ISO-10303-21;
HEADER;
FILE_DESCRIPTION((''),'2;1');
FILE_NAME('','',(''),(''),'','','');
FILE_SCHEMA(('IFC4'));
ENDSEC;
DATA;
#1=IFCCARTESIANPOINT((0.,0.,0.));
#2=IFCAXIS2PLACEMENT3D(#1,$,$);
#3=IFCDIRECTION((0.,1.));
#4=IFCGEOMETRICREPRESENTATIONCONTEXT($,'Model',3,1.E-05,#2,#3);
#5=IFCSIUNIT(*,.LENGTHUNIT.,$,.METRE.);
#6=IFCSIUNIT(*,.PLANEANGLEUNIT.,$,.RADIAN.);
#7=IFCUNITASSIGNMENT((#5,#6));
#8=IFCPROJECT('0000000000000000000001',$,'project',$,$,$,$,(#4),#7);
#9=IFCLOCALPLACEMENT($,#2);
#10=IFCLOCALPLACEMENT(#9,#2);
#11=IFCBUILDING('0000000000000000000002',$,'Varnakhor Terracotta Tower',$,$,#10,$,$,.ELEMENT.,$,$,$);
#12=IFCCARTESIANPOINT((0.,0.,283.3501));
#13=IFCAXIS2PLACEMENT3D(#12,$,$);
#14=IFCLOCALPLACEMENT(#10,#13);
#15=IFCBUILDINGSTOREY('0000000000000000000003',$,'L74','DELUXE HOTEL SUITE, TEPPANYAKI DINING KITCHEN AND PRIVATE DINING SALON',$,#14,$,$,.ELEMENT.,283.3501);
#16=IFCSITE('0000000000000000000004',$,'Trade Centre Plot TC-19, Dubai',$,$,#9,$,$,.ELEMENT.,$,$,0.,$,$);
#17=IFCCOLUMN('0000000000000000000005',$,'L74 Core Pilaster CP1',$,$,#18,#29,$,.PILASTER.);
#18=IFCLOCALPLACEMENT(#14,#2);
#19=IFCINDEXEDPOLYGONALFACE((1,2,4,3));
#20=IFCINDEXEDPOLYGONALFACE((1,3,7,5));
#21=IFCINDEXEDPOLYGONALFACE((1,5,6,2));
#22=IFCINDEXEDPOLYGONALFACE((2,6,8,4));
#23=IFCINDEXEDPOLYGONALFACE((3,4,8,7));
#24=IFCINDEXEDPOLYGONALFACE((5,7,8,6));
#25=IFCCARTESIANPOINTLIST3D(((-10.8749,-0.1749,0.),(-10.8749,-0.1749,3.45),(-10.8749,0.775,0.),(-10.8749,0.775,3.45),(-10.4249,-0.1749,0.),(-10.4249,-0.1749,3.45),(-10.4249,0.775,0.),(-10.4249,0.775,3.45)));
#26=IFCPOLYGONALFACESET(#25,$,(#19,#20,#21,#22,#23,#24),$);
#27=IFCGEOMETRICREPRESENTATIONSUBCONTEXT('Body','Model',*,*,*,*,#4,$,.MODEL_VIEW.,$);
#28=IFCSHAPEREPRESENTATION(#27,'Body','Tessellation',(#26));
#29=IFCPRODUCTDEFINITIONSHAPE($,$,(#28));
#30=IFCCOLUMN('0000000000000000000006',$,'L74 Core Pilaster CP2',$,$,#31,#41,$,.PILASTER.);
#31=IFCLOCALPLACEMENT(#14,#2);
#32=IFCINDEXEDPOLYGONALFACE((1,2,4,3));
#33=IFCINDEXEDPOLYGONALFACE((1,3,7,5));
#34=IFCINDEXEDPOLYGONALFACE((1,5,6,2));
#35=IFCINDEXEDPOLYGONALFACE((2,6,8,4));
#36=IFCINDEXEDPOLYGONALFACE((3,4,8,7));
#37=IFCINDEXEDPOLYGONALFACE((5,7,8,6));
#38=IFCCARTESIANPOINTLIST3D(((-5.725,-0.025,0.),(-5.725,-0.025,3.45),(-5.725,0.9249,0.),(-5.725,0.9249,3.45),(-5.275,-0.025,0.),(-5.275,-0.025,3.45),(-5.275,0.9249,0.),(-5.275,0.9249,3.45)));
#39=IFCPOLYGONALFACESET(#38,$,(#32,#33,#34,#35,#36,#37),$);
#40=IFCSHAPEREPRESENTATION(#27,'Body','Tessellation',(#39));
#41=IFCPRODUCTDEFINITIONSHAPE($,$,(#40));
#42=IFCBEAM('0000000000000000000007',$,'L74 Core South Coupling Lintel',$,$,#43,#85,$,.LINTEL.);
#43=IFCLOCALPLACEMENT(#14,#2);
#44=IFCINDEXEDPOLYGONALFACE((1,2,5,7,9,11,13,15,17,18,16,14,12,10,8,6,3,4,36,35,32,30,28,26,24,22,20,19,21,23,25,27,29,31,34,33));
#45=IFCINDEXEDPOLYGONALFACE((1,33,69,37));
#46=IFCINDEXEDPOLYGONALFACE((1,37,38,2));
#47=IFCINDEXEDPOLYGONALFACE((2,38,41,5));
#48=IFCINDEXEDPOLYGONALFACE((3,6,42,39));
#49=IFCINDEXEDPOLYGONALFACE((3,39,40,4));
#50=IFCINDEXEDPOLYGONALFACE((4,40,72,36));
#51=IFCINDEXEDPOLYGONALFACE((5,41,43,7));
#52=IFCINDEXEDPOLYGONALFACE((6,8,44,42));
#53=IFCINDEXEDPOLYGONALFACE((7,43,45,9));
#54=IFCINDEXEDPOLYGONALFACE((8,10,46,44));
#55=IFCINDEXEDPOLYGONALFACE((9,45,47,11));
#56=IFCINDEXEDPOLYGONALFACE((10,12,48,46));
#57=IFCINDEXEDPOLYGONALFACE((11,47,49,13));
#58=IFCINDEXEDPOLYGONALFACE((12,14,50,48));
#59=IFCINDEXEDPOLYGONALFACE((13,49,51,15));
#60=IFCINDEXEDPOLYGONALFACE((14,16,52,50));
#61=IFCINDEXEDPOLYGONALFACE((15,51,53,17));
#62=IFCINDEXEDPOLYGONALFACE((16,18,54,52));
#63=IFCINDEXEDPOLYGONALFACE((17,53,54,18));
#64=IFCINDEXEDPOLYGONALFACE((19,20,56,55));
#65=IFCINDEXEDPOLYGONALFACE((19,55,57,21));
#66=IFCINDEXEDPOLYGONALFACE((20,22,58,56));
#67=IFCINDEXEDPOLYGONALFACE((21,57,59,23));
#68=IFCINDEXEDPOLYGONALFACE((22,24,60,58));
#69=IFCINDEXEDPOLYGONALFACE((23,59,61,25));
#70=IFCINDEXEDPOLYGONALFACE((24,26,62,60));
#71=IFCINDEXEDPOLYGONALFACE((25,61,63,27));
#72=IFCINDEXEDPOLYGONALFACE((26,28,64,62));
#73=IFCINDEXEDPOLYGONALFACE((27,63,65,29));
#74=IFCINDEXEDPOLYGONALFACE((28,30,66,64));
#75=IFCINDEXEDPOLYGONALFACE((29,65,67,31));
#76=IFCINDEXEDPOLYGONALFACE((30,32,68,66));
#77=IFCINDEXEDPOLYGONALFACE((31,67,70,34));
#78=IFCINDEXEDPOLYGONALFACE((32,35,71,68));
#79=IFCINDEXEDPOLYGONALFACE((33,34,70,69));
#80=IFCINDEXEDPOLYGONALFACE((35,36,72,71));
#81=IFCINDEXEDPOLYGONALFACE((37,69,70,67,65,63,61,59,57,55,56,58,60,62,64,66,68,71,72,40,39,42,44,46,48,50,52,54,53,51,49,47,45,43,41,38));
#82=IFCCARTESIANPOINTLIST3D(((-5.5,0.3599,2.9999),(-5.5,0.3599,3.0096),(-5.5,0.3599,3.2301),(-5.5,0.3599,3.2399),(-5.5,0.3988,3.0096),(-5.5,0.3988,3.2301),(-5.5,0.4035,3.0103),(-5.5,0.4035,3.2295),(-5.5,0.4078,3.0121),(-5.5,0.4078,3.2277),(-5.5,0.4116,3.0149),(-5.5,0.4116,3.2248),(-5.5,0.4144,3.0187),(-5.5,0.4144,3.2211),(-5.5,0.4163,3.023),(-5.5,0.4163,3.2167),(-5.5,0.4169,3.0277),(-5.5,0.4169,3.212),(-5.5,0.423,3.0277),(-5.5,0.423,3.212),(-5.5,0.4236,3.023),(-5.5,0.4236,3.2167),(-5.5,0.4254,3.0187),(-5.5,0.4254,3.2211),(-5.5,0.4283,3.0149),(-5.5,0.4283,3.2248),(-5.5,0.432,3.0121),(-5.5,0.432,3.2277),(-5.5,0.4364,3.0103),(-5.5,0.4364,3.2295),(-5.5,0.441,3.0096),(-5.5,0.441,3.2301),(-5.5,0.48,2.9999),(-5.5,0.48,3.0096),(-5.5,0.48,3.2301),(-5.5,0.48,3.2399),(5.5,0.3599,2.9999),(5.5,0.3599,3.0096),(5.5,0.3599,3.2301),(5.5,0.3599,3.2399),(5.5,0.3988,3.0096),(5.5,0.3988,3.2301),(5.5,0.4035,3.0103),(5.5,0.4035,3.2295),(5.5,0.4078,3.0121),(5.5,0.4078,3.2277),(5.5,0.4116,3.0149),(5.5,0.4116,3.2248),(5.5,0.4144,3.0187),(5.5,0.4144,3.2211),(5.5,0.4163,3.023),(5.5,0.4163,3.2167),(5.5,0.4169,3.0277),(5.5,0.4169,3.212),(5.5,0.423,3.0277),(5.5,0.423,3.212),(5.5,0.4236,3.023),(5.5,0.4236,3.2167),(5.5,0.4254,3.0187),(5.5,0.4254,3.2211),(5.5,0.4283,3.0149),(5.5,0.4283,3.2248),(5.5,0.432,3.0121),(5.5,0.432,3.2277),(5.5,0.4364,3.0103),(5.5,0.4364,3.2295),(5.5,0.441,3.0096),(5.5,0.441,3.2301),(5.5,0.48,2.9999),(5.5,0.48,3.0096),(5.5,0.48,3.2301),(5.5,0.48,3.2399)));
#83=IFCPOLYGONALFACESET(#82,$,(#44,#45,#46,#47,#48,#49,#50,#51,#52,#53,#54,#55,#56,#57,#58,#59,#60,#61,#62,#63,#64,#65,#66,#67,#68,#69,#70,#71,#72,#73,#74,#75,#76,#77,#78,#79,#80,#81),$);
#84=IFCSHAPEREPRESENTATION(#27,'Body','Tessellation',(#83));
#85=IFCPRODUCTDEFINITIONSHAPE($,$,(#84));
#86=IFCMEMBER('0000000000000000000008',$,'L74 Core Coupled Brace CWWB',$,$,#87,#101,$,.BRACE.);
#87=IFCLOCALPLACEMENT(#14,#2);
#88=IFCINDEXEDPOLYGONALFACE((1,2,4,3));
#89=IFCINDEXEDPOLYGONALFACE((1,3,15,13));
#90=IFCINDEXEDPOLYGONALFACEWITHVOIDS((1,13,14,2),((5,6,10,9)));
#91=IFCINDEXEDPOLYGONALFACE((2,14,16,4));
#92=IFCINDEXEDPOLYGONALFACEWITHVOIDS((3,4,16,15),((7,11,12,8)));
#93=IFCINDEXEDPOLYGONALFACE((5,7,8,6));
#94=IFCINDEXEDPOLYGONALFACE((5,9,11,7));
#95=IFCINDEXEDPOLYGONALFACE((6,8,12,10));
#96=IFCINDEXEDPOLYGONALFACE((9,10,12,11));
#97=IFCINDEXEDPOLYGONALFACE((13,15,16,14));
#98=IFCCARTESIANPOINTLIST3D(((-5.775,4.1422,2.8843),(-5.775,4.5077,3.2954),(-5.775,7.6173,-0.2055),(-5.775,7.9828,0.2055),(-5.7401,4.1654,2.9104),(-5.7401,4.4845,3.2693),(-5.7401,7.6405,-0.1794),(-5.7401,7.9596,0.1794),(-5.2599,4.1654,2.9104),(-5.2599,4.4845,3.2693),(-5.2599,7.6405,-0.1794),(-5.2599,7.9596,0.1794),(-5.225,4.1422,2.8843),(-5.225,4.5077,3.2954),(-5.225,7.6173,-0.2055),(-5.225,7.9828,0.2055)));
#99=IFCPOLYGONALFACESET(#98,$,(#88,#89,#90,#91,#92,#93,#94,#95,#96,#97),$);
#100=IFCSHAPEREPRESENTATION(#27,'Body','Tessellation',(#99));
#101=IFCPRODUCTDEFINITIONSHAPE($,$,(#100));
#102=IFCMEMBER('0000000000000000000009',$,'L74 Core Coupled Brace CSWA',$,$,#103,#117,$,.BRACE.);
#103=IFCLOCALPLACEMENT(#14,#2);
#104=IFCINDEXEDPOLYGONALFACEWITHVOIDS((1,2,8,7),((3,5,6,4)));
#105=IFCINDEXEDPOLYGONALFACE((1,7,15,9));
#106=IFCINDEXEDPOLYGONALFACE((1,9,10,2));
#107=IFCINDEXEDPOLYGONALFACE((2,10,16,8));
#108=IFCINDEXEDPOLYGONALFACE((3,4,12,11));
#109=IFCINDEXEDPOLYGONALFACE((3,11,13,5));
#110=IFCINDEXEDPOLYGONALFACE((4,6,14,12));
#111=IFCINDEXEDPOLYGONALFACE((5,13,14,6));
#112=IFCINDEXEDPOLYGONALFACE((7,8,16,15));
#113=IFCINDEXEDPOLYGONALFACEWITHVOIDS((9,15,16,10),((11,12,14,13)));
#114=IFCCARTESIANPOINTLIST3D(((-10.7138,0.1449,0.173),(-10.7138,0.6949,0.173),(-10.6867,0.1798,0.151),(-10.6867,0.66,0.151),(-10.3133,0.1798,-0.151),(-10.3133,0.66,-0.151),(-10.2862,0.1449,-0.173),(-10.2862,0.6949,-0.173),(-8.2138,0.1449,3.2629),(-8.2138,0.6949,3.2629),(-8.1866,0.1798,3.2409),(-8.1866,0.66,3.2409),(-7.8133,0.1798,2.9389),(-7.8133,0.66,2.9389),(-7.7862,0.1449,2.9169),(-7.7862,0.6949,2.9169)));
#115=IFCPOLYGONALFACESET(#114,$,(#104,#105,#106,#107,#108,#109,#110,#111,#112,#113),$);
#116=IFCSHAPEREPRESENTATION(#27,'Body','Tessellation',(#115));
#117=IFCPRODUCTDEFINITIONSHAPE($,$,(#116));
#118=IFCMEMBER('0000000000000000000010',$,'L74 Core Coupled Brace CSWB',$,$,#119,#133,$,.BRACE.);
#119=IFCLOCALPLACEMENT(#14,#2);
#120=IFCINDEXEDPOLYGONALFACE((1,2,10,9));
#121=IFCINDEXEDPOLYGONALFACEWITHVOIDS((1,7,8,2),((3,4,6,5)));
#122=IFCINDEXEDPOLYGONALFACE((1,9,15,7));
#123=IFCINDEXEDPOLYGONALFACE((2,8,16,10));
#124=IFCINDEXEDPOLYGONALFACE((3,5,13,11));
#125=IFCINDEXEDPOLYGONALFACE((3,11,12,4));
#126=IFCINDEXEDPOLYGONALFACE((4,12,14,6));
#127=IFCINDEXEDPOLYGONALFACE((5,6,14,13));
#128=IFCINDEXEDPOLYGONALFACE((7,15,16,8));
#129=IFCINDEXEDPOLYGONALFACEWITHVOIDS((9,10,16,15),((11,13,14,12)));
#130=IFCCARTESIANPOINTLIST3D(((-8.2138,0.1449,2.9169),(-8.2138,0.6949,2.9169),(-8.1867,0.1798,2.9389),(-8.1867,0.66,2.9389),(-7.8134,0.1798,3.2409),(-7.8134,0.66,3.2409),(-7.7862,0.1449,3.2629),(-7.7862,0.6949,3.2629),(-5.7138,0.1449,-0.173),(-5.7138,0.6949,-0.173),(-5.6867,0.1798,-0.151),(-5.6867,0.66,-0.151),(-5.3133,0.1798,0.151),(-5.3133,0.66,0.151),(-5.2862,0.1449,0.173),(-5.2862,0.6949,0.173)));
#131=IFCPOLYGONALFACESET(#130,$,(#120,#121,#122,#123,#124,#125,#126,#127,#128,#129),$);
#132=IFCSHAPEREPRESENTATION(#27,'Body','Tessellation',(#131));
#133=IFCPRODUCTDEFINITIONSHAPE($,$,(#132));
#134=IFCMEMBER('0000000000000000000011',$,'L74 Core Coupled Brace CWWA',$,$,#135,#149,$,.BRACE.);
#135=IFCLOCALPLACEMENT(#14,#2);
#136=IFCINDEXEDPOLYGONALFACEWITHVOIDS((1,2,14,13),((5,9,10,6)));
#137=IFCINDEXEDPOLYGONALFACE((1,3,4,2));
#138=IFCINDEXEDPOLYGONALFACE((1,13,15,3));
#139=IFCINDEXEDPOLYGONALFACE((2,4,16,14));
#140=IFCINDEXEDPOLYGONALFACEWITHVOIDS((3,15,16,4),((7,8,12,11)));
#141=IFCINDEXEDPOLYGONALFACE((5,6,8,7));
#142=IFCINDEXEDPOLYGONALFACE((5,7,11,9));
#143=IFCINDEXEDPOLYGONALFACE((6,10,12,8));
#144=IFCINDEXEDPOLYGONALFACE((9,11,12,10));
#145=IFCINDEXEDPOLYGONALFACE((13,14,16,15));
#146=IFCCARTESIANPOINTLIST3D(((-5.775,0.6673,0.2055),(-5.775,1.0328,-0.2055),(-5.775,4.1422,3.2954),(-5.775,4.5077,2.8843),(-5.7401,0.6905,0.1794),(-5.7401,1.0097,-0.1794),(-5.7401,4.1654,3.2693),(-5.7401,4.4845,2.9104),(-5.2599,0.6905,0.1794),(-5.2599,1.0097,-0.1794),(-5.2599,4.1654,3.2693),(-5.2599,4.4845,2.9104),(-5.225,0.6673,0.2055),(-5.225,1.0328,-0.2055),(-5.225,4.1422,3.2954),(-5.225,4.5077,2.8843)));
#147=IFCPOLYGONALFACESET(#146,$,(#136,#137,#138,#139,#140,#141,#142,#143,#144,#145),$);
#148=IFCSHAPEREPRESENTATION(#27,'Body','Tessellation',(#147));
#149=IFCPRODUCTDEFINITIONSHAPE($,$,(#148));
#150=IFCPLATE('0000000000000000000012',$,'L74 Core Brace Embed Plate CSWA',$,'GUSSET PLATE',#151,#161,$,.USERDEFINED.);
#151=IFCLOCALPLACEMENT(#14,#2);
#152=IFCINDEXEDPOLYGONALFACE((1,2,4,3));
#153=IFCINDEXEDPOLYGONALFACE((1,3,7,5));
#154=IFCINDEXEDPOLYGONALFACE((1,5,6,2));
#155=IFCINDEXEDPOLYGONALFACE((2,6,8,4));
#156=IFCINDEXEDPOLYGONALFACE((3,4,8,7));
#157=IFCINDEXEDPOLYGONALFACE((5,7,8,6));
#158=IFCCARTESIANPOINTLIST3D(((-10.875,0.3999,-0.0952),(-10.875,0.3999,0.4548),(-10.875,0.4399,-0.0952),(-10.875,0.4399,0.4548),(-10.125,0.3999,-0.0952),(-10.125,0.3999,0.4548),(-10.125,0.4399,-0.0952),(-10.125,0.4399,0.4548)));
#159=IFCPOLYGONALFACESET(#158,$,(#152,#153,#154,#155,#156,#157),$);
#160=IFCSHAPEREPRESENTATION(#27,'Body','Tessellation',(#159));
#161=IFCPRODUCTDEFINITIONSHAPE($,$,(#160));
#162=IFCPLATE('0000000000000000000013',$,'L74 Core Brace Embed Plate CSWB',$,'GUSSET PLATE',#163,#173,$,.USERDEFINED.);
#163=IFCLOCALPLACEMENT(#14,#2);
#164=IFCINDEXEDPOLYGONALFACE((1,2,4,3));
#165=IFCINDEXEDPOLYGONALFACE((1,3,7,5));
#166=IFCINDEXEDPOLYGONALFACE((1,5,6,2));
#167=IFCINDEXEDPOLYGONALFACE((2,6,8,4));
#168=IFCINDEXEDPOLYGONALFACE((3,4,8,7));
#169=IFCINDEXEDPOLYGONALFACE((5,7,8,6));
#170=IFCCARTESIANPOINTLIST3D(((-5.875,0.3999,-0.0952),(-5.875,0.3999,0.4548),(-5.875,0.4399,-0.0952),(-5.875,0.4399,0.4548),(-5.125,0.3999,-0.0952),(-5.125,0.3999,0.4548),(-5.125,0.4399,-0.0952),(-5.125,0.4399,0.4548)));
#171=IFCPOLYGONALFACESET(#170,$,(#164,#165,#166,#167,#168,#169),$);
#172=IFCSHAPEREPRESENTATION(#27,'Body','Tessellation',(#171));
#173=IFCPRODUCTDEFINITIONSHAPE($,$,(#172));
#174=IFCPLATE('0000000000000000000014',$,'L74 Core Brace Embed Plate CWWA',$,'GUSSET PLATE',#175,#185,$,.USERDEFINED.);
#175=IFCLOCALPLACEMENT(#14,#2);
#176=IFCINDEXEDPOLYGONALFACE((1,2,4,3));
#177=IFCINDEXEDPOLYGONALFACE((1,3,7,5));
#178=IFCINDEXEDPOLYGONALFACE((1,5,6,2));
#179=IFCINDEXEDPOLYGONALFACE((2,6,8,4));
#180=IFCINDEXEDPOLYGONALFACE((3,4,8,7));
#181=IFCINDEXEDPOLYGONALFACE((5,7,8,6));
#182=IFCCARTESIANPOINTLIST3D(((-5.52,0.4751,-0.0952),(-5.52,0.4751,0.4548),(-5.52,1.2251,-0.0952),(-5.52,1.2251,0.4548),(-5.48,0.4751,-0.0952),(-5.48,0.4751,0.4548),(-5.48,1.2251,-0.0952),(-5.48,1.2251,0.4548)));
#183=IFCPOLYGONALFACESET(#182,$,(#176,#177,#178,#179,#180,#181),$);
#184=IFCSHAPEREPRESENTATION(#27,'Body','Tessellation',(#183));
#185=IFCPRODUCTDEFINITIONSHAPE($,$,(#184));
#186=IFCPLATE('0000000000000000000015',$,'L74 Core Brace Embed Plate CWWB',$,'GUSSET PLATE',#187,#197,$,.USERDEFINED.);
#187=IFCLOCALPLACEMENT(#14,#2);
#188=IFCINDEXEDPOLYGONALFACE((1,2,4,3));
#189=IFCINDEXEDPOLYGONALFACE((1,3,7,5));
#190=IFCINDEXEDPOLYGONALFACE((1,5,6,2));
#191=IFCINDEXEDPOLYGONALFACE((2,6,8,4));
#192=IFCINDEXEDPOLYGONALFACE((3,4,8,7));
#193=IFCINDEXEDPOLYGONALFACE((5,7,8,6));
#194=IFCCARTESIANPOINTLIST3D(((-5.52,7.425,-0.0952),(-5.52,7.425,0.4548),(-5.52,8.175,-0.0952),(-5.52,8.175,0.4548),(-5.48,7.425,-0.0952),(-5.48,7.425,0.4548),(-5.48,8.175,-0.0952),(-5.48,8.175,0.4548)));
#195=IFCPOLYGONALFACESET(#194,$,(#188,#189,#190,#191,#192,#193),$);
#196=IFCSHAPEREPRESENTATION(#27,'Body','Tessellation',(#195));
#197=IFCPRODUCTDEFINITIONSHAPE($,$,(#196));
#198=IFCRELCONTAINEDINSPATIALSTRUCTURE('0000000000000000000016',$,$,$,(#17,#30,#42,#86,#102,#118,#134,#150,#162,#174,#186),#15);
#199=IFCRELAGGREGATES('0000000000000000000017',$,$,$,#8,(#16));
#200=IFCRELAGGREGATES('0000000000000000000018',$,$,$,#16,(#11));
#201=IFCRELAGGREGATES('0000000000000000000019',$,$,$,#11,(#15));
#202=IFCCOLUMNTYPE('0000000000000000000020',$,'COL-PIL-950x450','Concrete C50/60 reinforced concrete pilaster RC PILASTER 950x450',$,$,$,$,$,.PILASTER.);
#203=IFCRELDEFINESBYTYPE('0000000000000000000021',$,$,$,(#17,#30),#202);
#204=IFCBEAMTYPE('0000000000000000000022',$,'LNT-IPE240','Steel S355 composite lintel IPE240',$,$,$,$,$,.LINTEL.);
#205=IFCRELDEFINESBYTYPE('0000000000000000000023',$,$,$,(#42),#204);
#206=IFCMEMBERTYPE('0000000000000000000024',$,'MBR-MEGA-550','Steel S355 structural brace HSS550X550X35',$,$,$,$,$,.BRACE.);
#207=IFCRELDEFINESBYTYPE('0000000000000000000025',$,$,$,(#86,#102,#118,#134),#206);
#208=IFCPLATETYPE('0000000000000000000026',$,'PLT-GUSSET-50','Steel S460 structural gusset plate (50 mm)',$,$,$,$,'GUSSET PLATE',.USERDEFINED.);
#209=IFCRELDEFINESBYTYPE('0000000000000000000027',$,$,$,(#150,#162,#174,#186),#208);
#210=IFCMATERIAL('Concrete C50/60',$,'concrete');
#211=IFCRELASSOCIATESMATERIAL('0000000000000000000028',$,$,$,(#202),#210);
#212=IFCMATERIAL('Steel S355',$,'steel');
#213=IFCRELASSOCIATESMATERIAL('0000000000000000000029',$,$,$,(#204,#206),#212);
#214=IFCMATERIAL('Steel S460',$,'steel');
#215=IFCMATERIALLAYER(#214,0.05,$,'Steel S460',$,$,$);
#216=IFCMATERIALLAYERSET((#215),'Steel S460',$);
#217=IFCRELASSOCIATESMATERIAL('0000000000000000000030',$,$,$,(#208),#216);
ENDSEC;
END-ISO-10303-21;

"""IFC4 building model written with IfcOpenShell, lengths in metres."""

from ifc_helpers import new_model, si_unit, direction, frame, origin, origin_2d, place, context, subcontext, project, spatial, rectangle, hollow_rectangle, i_section, extrude, source, transform, mapped, material, layer, layer_set, material_profile, profile_set, type_object, type_shapes, element, save


model = new_model("IFC4")

# Units and contexts
model_context = context("Model", 3, precision=1e-05, world=origin(), true_north=direction((0.0, 1.0)))
body_context = subcontext(model_context, "Body", "Model", "MODEL_VIEW")
ifc_project = project(units=[si_unit("LENGTHUNIT", "METRE"), si_unit("PLANEANGLEUNIT", "RADIAN")], contexts=[model_context])

# Site, building, storey
site_placement = place(None, origin())
site = spatial("IfcSite", under=ifc_project, at=site_placement, Name="Trade Centre Plot TC-19, Dubai", CompositionType="ELEMENT", RefElevation=0.0)
building_placement = place(site_placement, origin())
building = spatial("IfcBuilding", under=site, at=building_placement, Name="Varnakhor Terracotta Tower", CompositionType="ELEMENT")
storey_placement = place(building_placement, frame((0.0, 0.0, 283.3501)))
storey = spatial("IfcBuildingStorey", under=building, at=storey_placement, Name="L74", Description="DELUXE HOTEL SUITE, TEPPANYAKI DINING KITCHEN AND PRIVATE DINING SALON", CompositionType="ELEMENT", Elevation=283.3501)

# Columns
ifc_material_1 = material(Name="Concrete C50/60", Category="concrete")
ifc_material_profile_1 = material_profile(ifc_material_1, rectangle(XDim=0.45, YDim=0.95, at=origin_2d()), Name="RC PILASTER 950x450")
ifc_profile_set_1 = profile_set([ifc_material_profile_1], Name="Concrete C50/60")
column_type = type_object("IfcColumnType", Name="COL-PIL-950x450", Description="Concrete C50/60 reinforced concrete pilaster RC PILASTER 950x450", PredefinedType="PILASTER", material=ifc_profile_set_1)
shared_shape_1 = source(origin(), body_context, "Body", "SweptSolid", [
    extrude(rectangle(XDim=0.45, YDim=0.95, at=origin_2d()), origin(), (0.0, 0.0, 1.0), 3.45),
])
for number, where, z_axis, x_axis, name in (
    (1, (-10.6499, 0.3, 0.0), (0.0, 0.0, 1.0), (1.0, 0.0, 0.0), "L74 Core Pilaster CP1"),
    (2, (-5.5, 0.45, 0.0), (0.0, 0.0, 1.0), (1.0, 0.0, 0.0), "L74 Core Pilaster CP2"),
):
    element("IfcColumn", number, at=place(storey_placement, frame(where, z_axis=z_axis, x_axis=x_axis)), inside=storey, type_object=column_type, Name=name, PredefinedType="PILASTER", context=body_context, shape_type="MappedRepresentation", body=[
        mapped(shared_shape_1, transform((0.0, 0.0, 0.0), scale=1.0)),
    ])

# Beam
ifc_material_2 = material(Name="Steel S355", Category="steel")
ifc_material_profile_2 = material_profile(ifc_material_2, i_section(OverallWidth=0.1201, OverallDepth=0.24, WebThickness=0.0061, FlangeThickness=0.0098, FilletRadius=0.0181, at=origin_2d()), Name="IPE240")
ifc_profile_set_2 = profile_set([ifc_material_profile_2], Name="Steel S355")
beam_type = type_object("IfcBeamType", Name="LNT-IPE240", Description="Steel S355 composite lintel IPE240", PredefinedType="LINTEL", material=ifc_profile_set_2)
shared_shape_2 = source(origin(), body_context, "Body", "SweptSolid", [
    extrude(i_section(OverallWidth=0.1201, OverallDepth=0.24, WebThickness=0.0061, FlangeThickness=0.0098, FilletRadius=0.0181, at=origin_2d()), origin(), (0.0, 0.0, 1.0), 11.0),
])
type_shapes(beam_type, [shared_shape_2])
beam_placement = place(storey_placement, frame((-5.5, 0.4199, 3.1199), z_axis=(1.0, 0.0, 0.0), x_axis=(0.0, 1.0, 0.0)))
element("IfcBeam", 3, at=beam_placement, inside=storey, type_object=beam_type, Name="L74 Core South Coupling Lintel", PredefinedType="LINTEL", context=body_context, shape_type="MappedRepresentation", body=[
    mapped(shared_shape_2, transform((0.0, 0.0, 0.0), scale=1.0)),
])

# Members
ifc_material_profile_3 = material_profile(ifc_material_2, hollow_rectangle(XDim=0.55, YDim=0.55, WallThickness=0.0349, at=origin_2d()), Name="HSS550X550X35")
ifc_profile_set_3 = profile_set([ifc_material_profile_3], Name="Steel S355")
member_type = type_object("IfcMemberType", Name="MBR-MEGA-550", Description="Steel S355 structural brace HSS550X550X35", PredefinedType="BRACE", material=ifc_profile_set_3)
shared_shape_3 = source(origin(), body_context, "Body", "SweptSolid", [
    extrude(hollow_rectangle(XDim=0.55, YDim=0.55, WallThickness=0.0349, at=origin_2d()), origin(), (0.0, 0.0, 1.0), 4.6501),
])
member_1_placement = place(storey_placement, frame((-5.5, 7.8, 0.0), z_axis=(0.0, -0.747317, 0.664468), x_axis=(1.0, 0.0, 0.0)))
element("IfcMember", 4, at=member_1_placement, inside=storey, type_object=member_type, Name="L74 Core Coupled Brace CWWB", PredefinedType="BRACE", context=body_context, shape_type="MappedRepresentation", body=[
    mapped(shared_shape_3, transform((0.0, 0.0, 0.0), scale=1.0)),
])
shared_shape_4 = source(origin(), body_context, "Body", "SweptSolid", [
    extrude(hollow_rectangle(XDim=0.55, YDim=0.55, WallThickness=0.0349, at=origin_2d()), origin(), (0.0, 0.0, 1.0), 3.9746),
])
for number, where, z_axis, x_axis, name in (
    (5, (-10.5, 0.4199, 0.0), (0.629, 0.0, 0.777405), (0.0, 1.0, 0.0), "L74 Core Coupled Brace CSWA"),
    (6, (-5.5, 0.4199, 0.0), (-0.629, 0.0, 0.777405), (0.0, -1.0, 0.0), "L74 Core Coupled Brace CSWB"),
):
    element("IfcMember", number, at=place(storey_placement, frame(where, z_axis=z_axis, x_axis=x_axis)), inside=storey, type_object=member_type, Name=name, PredefinedType="BRACE", context=body_context, shape_type="MappedRepresentation", body=[
        mapped(shared_shape_4, transform((0.0, 0.0, 0.0), scale=1.0)),
    ])
shared_shape_5 = source(origin(), body_context, "Body", "SweptSolid", [
    extrude(hollow_rectangle(XDim=0.55, YDim=0.55, WallThickness=0.0349, at=origin_2d()), origin(), (0.0, 0.0, 1.0), 4.6499),
])
member_2_placement = place(storey_placement, frame((-5.5, 0.8501, 0.0), z_axis=(0.0, 0.747293, 0.664494), x_axis=(-1.0, 0.0, 0.0)))
element("IfcMember", 7, at=member_2_placement, inside=storey, type_object=member_type, Name="L74 Core Coupled Brace CWWA", PredefinedType="BRACE", context=body_context, shape_type="MappedRepresentation", body=[
    mapped(shared_shape_5, transform((0.0, 0.0, 0.0), scale=1.0)),
])

# Plates
ifc_material_3 = material(Name="Steel S460", Category="steel")
ifc_layer_1 = layer(ifc_material_3, 0.05, Name="Steel S460")
ifc_layer_set_1 = layer_set([ifc_layer_1], Name="Steel S460")
plate_type = type_object("IfcPlateType", Name="PLT-GUSSET-50", Description="Steel S460 structural gusset plate (50 mm)", ElementType="GUSSET PLATE", PredefinedType="USERDEFINED", material=ifc_layer_set_1)
shared_shape_6 = source(origin(), body_context, "Body", "SweptSolid", [
    extrude(rectangle(XDim=0.75, YDim=0.04, at=origin_2d()), origin(), (0.0, 0.0, 1.0), 0.55),
])
type_shapes(plate_type, [shared_shape_6])
for number, where, z_axis, x_axis, name in (
    (8, (-10.5, 0.4199, -0.0952), (0.0, 0.0, 1.0), (1.0, 0.0, 0.0), "L74 Core Brace Embed Plate CSWA"),
    (9, (-5.5, 0.4199, -0.0952), (0.0, 0.0, 1.0), (1.0, 0.0, 0.0), "L74 Core Brace Embed Plate CSWB"),
    (10, (-5.5, 0.8501, -0.0952), (0.0, 0.0, 1.0), (0.0, 1.0, 0.0), "L74 Core Brace Embed Plate CWWA"),
    (11, (-5.5, 7.8, -0.0952), (0.0, 0.0, 1.0), (0.0, 1.0, 0.0), "L74 Core Brace Embed Plate CWWB"),
):
    element("IfcPlate", number, at=place(storey_placement, frame(where, z_axis=z_axis, x_axis=x_axis)), inside=storey, type_object=plate_type, Name=name, ObjectType="GUSSET PLATE", PredefinedType="USERDEFINED", context=body_context, shape_type="MappedRepresentation", body=[
        mapped(shared_shape_6, transform((0.0, 0.0, 0.0), scale=1.0)),
    ])

save(model, "model.ifc")
